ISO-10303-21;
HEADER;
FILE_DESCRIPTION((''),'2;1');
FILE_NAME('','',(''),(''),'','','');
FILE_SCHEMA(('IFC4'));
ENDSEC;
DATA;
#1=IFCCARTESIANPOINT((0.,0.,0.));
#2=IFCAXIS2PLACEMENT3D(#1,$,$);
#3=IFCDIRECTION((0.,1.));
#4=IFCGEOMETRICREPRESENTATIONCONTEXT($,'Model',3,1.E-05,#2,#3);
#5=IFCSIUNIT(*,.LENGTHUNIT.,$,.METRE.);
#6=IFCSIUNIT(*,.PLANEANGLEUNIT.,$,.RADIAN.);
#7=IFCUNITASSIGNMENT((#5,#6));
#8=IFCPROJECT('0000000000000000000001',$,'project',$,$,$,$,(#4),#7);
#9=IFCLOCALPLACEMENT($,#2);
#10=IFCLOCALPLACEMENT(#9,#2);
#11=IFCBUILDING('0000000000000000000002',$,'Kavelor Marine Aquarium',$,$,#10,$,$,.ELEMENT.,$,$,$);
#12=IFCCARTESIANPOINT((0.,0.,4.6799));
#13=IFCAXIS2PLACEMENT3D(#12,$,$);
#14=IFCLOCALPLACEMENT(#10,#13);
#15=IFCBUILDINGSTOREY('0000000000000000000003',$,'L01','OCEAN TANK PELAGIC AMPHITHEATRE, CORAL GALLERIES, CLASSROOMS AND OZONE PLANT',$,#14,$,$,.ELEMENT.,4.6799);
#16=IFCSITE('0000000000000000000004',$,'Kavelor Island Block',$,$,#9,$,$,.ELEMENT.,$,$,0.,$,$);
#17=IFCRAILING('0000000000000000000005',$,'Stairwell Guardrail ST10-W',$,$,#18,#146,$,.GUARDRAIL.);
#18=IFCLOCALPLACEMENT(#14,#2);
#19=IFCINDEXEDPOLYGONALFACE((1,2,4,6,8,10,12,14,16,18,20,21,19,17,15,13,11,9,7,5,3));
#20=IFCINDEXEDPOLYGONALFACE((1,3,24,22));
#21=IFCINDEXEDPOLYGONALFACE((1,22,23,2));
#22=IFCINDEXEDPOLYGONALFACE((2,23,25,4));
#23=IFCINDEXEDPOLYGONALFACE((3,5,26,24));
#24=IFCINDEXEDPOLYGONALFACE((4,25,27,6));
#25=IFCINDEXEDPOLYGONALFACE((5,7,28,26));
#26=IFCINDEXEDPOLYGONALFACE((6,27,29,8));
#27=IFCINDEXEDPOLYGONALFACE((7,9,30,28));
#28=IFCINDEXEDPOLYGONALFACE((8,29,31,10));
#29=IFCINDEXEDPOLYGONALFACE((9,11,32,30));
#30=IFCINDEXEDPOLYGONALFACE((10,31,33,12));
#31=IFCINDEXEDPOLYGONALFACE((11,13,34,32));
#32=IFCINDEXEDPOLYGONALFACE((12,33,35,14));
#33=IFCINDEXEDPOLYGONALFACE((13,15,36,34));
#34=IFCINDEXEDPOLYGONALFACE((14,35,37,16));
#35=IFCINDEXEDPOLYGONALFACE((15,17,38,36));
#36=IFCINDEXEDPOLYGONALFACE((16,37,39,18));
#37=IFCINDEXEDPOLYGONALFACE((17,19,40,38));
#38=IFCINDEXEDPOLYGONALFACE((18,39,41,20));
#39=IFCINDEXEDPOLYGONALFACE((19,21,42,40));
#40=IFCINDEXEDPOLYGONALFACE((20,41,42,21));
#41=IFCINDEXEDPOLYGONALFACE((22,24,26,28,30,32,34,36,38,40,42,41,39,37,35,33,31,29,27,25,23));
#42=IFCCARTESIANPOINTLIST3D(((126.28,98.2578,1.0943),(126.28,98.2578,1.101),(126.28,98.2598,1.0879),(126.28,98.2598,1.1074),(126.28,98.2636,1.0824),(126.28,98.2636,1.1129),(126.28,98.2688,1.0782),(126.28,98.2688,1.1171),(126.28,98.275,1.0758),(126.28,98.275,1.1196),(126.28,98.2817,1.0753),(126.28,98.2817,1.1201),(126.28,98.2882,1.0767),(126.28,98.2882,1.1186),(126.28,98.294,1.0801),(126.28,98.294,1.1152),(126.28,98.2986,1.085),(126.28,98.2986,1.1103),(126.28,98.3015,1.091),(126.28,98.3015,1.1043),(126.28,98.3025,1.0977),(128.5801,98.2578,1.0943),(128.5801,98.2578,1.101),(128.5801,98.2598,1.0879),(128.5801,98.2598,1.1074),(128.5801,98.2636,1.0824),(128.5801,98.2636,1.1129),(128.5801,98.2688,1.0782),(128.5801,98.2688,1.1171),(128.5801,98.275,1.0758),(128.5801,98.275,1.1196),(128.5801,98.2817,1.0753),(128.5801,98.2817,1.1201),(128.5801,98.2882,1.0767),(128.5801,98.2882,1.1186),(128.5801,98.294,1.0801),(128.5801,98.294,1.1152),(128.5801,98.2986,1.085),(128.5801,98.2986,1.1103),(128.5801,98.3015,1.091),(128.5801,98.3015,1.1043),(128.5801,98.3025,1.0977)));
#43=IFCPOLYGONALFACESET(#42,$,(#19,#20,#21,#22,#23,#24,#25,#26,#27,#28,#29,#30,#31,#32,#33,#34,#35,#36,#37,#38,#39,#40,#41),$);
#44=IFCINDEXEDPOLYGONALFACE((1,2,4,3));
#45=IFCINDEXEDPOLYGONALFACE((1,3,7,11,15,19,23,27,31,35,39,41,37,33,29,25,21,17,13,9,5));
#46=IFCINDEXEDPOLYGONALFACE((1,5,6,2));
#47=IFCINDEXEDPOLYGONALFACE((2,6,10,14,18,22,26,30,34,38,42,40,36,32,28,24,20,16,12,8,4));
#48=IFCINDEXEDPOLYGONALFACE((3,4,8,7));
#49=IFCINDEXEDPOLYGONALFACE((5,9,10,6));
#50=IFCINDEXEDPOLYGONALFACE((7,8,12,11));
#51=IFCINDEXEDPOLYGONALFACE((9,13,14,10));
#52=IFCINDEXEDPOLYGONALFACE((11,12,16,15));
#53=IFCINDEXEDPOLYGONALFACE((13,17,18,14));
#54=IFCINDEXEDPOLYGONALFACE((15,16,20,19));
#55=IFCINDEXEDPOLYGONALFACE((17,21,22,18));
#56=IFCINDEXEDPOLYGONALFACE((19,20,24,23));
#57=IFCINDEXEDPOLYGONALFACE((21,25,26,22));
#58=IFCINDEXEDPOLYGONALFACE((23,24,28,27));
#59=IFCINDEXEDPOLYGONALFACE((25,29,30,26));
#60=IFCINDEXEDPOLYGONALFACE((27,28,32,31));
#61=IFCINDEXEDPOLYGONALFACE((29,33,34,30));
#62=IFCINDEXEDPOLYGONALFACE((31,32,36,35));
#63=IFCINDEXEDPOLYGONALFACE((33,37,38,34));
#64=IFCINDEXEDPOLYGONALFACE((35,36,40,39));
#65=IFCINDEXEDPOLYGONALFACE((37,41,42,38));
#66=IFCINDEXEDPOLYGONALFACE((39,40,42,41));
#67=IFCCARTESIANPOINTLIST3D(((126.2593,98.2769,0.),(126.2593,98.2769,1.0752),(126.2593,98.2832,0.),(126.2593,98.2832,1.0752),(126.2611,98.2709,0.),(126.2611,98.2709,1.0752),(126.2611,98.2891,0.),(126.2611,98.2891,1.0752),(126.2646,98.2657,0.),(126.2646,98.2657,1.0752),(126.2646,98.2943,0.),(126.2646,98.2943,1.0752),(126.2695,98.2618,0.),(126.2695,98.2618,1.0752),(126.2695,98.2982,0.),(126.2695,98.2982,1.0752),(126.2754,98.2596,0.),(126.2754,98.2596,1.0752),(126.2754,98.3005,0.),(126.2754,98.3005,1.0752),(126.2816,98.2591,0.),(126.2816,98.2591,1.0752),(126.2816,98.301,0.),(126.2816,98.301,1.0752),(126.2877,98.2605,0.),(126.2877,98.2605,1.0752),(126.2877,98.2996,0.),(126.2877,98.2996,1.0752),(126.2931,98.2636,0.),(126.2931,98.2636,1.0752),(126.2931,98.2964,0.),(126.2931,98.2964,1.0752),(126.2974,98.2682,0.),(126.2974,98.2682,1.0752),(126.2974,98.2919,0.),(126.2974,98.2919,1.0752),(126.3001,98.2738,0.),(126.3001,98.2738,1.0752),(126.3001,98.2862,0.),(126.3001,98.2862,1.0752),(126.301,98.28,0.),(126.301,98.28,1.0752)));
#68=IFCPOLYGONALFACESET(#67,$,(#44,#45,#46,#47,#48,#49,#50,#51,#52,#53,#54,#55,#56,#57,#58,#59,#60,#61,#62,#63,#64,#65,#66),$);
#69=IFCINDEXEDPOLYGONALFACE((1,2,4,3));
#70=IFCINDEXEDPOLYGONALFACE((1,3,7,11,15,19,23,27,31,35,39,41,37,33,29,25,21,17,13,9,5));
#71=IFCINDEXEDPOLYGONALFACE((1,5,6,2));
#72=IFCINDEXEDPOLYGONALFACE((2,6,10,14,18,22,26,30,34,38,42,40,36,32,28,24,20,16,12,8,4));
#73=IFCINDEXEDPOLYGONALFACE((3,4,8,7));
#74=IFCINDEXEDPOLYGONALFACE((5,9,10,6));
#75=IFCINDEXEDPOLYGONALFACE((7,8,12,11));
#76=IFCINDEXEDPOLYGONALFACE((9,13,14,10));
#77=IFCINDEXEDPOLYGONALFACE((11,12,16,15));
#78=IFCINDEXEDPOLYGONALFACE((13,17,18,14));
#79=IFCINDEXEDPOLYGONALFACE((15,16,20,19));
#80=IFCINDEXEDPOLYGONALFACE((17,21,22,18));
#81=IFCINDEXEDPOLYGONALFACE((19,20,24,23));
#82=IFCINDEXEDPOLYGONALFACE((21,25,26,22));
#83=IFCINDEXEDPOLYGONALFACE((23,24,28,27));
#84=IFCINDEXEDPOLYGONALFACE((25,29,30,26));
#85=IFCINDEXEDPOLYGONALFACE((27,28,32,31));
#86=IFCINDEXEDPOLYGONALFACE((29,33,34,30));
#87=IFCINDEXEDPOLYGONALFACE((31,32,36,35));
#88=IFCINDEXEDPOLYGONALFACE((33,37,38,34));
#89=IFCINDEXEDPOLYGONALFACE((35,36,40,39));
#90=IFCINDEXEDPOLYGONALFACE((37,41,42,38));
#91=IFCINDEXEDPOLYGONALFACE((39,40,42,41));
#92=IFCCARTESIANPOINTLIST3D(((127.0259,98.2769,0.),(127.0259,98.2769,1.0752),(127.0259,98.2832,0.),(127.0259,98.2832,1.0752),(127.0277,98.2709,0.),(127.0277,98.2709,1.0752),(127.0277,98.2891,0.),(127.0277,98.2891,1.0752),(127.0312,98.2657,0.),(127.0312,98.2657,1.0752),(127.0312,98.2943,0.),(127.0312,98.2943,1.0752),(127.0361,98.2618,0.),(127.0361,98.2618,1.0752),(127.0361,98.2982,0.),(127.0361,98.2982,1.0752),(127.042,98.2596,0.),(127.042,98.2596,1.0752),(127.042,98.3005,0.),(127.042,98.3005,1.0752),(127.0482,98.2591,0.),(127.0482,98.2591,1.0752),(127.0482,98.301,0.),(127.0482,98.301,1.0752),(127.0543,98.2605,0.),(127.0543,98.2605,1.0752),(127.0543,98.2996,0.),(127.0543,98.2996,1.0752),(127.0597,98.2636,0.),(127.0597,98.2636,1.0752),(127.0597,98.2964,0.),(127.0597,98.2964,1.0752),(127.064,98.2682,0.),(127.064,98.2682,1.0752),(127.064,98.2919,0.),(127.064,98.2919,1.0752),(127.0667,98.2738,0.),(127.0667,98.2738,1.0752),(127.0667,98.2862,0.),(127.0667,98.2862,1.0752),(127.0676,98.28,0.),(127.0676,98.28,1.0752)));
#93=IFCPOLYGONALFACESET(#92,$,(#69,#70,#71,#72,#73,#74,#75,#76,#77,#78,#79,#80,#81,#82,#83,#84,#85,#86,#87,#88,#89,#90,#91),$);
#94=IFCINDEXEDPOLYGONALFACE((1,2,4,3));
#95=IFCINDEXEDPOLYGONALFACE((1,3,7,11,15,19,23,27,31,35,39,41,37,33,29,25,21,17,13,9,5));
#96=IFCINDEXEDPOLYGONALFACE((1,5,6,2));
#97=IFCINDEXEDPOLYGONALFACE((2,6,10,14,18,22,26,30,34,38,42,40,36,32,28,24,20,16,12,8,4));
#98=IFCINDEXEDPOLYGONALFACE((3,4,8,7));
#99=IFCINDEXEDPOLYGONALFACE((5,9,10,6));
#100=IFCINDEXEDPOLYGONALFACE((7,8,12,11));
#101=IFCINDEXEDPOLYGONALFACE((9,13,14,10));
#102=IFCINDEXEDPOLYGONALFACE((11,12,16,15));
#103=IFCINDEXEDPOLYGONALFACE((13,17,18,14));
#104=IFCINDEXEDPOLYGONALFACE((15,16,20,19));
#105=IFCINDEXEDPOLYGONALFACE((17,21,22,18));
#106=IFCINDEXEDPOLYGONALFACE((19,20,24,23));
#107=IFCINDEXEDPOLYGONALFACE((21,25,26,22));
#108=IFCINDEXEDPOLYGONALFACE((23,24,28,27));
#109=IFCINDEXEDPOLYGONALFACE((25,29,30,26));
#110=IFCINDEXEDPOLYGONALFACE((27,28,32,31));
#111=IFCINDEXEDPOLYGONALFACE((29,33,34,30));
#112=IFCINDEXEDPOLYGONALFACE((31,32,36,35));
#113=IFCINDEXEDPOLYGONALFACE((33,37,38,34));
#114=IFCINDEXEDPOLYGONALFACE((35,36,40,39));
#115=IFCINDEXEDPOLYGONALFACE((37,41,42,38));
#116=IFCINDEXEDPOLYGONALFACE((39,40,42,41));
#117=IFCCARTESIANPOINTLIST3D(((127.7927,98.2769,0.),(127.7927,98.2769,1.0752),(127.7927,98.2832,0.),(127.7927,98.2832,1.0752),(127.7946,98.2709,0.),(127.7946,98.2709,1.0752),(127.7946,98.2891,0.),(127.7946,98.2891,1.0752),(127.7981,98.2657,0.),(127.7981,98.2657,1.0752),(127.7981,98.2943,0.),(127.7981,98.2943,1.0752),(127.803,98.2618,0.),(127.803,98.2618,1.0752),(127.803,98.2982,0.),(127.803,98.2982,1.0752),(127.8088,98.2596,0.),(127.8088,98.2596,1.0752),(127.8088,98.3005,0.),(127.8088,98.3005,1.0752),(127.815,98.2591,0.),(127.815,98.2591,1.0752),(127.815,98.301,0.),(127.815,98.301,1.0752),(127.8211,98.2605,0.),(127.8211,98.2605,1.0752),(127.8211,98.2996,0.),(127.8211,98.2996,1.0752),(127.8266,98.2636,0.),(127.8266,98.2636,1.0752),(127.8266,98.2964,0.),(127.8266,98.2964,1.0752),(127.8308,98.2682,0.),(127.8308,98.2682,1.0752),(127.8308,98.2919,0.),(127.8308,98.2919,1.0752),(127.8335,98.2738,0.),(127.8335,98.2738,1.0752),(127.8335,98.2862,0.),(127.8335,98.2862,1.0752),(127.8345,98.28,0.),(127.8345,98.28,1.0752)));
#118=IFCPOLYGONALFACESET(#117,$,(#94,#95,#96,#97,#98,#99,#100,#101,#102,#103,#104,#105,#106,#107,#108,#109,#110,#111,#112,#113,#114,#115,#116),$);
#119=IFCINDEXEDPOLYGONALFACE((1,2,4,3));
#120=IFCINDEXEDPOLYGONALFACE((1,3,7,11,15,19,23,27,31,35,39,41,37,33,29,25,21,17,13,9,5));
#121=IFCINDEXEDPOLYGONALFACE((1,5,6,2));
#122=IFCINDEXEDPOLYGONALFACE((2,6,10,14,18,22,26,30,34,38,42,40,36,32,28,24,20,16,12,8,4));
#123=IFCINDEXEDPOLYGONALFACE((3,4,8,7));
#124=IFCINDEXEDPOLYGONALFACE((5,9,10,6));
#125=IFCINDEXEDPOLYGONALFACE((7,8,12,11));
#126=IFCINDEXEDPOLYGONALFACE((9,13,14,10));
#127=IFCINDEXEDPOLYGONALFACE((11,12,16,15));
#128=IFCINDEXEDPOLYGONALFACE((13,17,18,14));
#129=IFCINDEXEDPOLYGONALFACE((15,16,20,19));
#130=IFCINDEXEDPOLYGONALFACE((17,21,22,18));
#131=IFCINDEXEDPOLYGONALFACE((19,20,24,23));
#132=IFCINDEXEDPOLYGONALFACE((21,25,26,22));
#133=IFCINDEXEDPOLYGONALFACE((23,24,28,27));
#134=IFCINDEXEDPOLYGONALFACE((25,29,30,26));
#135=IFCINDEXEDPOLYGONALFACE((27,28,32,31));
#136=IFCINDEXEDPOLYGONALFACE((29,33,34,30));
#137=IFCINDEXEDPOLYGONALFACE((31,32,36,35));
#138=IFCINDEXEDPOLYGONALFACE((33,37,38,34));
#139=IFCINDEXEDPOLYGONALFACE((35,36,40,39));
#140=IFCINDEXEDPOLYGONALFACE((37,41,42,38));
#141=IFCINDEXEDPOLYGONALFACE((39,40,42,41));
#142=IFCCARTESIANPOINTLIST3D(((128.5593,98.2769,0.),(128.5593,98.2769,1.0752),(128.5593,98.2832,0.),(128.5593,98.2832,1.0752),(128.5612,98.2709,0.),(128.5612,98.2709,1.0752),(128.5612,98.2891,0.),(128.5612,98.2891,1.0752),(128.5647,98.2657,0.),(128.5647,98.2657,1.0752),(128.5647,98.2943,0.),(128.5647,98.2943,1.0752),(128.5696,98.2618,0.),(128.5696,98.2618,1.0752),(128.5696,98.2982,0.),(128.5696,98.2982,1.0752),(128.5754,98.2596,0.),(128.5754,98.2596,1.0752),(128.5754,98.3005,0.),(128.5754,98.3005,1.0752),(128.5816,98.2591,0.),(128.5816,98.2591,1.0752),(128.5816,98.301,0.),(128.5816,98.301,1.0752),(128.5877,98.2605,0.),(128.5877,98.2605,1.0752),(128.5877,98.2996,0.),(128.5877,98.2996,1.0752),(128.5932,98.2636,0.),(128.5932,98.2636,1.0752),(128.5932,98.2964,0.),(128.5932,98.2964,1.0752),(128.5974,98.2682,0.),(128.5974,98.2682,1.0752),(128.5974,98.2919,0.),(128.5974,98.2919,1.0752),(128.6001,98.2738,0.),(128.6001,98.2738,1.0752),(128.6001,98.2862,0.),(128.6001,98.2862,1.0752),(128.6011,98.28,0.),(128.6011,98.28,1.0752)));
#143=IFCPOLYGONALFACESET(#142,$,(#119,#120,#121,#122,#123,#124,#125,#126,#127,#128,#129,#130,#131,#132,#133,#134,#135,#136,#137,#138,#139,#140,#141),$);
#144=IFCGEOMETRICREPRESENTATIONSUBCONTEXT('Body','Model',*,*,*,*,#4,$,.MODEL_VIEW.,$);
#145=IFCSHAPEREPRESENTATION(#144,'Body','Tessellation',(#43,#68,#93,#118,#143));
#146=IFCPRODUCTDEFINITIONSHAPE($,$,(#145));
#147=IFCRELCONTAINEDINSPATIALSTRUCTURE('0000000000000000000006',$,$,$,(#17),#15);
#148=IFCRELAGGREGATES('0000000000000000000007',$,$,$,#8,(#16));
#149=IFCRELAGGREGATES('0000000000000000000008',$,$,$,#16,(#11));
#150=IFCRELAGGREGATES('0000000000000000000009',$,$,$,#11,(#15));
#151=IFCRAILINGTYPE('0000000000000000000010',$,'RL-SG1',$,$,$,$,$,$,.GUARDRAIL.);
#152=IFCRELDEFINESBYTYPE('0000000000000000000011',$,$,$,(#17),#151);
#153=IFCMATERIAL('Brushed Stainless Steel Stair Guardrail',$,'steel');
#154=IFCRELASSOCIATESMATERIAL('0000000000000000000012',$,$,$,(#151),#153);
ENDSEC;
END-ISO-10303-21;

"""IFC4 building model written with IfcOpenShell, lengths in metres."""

from ifc_helpers import new_model, si_unit, direction, frame, origin, origin_2d, place, context, subcontext, project, spatial, circle, extrude, material, type_object, element, save


model = new_model("IFC4")

# Units and contexts
model_context = context("Model", 3, precision=1e-05, world=origin(), true_north=direction((0.0, 1.0)))
body_context = subcontext(model_context, "Body", "Model", "MODEL_VIEW")
ifc_project = project(units=[si_unit("LENGTHUNIT", "METRE"), si_unit("PLANEANGLEUNIT", "RADIAN")], contexts=[model_context])

# Site, building, storey
site_placement = place(None, origin())
site = spatial("IfcSite", under=ifc_project, at=site_placement, Name="Kavelor Island Block", CompositionType="ELEMENT", RefElevation=0.0)
building_placement = place(site_placement, origin())
building = spatial("IfcBuilding", under=site, at=building_placement, Name="Kavelor Marine Aquarium", CompositionType="ELEMENT")
storey_placement = place(building_placement, frame((0.0, 0.0, 4.6799)))
storey = spatial("IfcBuildingStorey", under=building, at=storey_placement, Name="L01", Description="OCEAN TANK PELAGIC AMPHITHEATRE, CORAL GALLERIES, CLASSROOMS AND OZONE PLANT", CompositionType="ELEMENT", Elevation=4.6799)

# Railing
ifc_material_1 = material(Name="Brushed Stainless Steel Stair Guardrail", Category="steel")
railing_type_1 = type_object("IfcRailingType", Name="RL-SG1", PredefinedType="GUARDRAIL", material=ifc_material_1)
railing_1_placement = place(storey_placement, frame((126.28, 98.28, 0.0)))
element("IfcRailing", 1, at=railing_1_placement, inside=storey, type_object=railing_type_1, Name="Stairwell Guardrail ST10-W", PredefinedType="GUARDRAIL", context=body_context, shape_type="SweptSolid", body=[
    extrude(circle(Radius=0.0225, at=origin_2d()), frame((0.0, 0.0, 1.0977), z_axis=(1.0, 0.0, 0.0), x_axis=(0.0, 1.0, 0.0)), (0.0, 0.0, 1.0), 2.3),
    extrude(circle(Radius=0.021, at=origin_2d()), origin(), (0.0, 0.0, 1.0), 1.0752),
    extrude(circle(Radius=0.021, at=origin_2d()), frame((0.7666, 0.0, 0.0)), (0.0, 0.0, 1.0), 1.0752),
    extrude(circle(Radius=0.021, at=origin_2d()), frame((1.5334, 0.0, 0.0)), (0.0, 0.0, 1.0), 1.0752),
    extrude(circle(Radius=0.021, at=origin_2d()), frame((2.3, 0.0, 0.0)), (0.0, 0.0, 1.0), 1.0752),
])

save(model, "model.ifc")
